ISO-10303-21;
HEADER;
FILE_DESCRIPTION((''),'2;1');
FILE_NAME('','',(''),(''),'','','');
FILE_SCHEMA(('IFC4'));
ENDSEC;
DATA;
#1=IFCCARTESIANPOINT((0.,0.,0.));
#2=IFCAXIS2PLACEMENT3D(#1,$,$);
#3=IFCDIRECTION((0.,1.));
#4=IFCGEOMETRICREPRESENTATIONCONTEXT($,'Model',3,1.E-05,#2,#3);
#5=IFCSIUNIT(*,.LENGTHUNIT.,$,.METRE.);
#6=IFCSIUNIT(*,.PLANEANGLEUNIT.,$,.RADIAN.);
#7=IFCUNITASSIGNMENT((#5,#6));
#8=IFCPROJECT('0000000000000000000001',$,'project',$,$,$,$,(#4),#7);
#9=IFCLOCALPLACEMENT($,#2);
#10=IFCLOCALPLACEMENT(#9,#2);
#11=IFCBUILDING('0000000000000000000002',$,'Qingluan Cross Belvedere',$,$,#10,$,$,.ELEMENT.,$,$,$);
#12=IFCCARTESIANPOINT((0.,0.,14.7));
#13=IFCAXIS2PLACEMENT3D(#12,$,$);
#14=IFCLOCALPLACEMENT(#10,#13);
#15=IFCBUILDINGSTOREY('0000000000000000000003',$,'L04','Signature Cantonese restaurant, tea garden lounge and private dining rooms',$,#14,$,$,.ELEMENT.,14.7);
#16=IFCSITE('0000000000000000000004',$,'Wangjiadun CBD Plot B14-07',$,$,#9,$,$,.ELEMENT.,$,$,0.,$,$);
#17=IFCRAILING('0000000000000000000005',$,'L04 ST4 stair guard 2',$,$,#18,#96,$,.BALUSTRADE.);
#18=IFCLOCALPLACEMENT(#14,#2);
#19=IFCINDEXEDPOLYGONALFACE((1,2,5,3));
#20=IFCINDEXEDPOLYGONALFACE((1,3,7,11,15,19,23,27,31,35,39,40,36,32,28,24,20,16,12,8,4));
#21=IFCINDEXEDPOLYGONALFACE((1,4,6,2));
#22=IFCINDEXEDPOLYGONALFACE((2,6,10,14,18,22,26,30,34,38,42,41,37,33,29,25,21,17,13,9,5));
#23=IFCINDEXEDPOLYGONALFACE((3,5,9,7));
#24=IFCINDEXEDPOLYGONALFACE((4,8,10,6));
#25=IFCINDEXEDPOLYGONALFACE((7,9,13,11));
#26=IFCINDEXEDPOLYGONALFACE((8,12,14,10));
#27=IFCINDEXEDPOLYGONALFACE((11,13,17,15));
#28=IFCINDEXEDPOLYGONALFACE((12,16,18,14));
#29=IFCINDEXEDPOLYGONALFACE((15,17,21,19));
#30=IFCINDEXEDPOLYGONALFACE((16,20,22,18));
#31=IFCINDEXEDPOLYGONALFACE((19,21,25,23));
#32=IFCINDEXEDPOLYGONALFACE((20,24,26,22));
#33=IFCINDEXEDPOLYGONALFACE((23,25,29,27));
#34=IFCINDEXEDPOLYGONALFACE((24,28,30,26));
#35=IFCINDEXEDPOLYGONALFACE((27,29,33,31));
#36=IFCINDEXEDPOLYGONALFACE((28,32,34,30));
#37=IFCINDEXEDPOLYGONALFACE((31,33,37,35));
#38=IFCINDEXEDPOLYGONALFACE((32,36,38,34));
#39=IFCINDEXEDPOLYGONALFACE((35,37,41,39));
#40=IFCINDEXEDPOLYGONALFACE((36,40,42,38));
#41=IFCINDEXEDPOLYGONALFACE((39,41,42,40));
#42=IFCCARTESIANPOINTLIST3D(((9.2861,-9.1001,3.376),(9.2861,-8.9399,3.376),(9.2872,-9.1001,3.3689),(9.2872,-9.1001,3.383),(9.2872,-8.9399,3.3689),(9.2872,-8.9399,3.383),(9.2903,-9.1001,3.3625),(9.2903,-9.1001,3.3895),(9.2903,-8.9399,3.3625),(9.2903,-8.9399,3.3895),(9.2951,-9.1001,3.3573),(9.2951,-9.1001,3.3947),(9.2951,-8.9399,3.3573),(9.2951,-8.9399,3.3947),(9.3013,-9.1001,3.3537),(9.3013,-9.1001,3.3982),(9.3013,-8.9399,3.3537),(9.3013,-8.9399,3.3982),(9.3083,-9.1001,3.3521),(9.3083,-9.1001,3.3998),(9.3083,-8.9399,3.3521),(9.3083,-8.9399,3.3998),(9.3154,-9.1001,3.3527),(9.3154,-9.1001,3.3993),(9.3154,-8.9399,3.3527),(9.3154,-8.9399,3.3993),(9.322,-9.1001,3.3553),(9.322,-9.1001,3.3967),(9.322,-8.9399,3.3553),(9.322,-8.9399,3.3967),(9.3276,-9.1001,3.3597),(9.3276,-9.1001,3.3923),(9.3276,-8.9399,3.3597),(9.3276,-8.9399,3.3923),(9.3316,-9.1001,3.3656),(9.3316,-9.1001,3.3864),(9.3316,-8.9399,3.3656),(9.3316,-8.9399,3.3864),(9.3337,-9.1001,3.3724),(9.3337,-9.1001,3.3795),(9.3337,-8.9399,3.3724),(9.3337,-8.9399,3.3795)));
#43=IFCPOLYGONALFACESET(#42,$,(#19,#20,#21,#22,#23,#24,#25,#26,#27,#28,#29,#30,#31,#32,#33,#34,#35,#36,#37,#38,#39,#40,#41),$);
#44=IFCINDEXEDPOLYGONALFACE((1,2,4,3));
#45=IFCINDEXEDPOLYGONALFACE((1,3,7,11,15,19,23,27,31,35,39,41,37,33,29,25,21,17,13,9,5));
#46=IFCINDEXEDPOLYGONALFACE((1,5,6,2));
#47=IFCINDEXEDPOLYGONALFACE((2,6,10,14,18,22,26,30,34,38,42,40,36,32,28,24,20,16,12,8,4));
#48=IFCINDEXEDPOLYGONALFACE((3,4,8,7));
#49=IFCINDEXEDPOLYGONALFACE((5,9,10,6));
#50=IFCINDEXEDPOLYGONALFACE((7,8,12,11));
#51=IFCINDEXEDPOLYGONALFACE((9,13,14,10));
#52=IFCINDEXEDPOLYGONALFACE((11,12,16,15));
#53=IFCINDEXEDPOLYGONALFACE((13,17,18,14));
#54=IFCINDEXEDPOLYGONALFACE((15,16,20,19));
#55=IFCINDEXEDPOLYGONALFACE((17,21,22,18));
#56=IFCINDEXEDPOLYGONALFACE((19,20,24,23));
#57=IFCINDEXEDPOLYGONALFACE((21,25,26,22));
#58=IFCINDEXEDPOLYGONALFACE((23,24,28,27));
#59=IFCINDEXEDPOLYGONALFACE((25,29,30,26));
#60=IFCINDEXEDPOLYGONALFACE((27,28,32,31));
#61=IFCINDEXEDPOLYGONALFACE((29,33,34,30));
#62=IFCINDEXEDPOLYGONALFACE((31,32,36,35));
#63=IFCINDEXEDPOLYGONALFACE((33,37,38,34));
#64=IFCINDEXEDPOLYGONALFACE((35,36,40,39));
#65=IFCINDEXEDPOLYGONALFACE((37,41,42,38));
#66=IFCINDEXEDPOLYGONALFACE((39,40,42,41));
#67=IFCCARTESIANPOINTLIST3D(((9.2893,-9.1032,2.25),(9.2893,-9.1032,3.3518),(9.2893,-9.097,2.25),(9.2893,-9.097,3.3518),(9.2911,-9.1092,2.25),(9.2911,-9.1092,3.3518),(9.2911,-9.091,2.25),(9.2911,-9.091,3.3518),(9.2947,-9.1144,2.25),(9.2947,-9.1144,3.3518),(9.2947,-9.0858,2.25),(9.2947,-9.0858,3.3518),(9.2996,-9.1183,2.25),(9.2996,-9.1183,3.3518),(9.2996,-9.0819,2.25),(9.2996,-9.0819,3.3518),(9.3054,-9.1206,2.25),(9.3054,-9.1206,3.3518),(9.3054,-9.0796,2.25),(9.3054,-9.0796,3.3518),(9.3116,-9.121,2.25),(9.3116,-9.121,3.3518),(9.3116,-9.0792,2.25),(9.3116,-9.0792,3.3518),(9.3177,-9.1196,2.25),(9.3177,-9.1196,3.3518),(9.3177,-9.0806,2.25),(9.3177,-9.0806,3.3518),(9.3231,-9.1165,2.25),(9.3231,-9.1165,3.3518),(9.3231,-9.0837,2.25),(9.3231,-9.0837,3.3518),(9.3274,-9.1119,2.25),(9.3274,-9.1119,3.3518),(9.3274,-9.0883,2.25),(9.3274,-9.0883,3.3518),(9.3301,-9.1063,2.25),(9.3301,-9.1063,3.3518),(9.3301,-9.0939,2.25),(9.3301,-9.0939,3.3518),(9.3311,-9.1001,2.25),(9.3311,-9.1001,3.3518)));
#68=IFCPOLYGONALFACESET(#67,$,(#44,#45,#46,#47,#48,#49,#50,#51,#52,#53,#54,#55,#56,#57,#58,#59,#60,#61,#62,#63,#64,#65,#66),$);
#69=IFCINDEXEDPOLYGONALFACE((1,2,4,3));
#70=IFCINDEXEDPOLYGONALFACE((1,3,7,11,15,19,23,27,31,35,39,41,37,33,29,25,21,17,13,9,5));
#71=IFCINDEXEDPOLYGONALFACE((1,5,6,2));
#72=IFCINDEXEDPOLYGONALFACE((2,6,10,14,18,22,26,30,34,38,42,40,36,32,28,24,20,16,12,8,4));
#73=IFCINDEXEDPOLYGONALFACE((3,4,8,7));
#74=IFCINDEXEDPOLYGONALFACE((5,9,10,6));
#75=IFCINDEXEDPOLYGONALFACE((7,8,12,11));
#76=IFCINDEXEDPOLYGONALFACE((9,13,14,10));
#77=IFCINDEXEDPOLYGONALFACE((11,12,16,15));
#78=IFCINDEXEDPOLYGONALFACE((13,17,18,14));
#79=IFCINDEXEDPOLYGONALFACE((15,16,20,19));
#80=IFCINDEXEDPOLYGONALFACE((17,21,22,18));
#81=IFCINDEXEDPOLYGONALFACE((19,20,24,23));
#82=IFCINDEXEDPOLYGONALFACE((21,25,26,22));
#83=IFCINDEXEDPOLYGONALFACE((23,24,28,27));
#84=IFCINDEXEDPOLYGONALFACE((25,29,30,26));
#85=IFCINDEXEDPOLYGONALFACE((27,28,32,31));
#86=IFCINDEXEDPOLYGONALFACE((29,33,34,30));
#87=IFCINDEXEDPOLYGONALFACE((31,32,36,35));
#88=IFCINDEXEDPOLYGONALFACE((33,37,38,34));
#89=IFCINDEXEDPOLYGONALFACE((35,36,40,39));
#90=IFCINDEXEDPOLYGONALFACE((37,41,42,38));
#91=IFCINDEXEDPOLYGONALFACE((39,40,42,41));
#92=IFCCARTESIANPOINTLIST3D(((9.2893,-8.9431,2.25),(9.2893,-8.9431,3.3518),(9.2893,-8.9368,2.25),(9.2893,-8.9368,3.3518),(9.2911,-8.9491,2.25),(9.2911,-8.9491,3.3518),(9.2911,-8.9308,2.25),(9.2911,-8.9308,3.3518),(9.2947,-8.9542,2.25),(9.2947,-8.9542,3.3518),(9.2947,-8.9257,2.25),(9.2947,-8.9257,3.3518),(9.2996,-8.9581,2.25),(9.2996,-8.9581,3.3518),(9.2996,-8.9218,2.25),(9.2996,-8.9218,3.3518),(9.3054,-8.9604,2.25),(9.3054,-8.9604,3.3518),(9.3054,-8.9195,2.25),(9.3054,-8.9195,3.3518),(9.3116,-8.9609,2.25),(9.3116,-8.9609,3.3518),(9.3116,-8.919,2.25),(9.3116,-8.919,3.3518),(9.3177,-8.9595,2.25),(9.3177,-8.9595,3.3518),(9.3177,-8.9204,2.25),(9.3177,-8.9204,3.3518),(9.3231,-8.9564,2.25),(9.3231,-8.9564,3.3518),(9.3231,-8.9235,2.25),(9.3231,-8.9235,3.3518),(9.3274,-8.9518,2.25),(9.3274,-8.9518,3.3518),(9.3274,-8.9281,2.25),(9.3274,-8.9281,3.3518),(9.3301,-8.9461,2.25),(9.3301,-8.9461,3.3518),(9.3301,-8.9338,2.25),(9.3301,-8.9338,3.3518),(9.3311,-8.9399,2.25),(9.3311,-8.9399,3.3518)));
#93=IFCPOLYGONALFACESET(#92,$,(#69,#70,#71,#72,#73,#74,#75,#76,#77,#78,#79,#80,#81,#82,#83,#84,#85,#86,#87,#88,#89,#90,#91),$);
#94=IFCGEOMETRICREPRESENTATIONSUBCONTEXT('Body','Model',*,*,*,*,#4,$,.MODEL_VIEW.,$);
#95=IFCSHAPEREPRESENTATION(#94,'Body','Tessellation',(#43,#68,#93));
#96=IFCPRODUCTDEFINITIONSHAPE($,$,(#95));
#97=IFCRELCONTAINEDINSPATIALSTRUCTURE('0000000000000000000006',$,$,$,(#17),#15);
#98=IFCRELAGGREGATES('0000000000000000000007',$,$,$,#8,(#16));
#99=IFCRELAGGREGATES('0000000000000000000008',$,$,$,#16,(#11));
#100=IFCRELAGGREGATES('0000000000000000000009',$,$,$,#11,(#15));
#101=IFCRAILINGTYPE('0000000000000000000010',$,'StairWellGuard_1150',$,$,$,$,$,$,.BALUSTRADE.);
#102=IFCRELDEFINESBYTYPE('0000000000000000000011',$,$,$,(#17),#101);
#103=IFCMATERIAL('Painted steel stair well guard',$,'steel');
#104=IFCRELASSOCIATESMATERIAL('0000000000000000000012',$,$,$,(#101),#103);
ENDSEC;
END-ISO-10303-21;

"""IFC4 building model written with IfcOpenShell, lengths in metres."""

from ifc_helpers import new_model, si_unit, direction, frame, origin, origin_2d, place, context, subcontext, project, spatial, circle, extrude, material, type_object, element, save


model = new_model("IFC4")

# Units and contexts
model_context = context("Model", 3, precision=1e-05, world=origin(), true_north=direction((0.0, 1.0)))
body_context = subcontext(model_context, "Body", "Model", "MODEL_VIEW")
ifc_project = project(units=[si_unit("LENGTHUNIT", "METRE"), si_unit("PLANEANGLEUNIT", "RADIAN")], contexts=[model_context])

# Site, building, storey
site_placement = place(None, origin())
site = spatial("IfcSite", under=ifc_project, at=site_placement, Name="Wangjiadun CBD Plot B14-07", CompositionType="ELEMENT", RefElevation=0.0)
building_placement = place(site_placement, origin())
building = spatial("IfcBuilding", under=site, at=building_placement, Name="Qingluan Cross Belvedere", CompositionType="ELEMENT")
storey_placement = place(building_placement, frame((0.0, 0.0, 14.7)))
storey = spatial("IfcBuildingStorey", under=building, at=storey_placement, Name="L04", Description="Signature Cantonese restaurant, tea garden lounge and private dining rooms", CompositionType="ELEMENT", Elevation=14.7)

# Railing
ifc_material_1 = material(Name="Painted steel stair well guard", Category="steel")
railing_type_1 = type_object("IfcRailingType", Name="StairWellGuard_1150", PredefinedType="BALUSTRADE", material=ifc_material_1)
railing_1_placement = place(storey_placement, frame((9.3101, -9.1001, 2.25)))
element("IfcRailing", 1, at=railing_1_placement, inside=storey, type_object=railing_type_1, Name="L04 ST4 stair guard 2", PredefinedType="BALUSTRADE", context=body_context, shape_type="SweptSolid", body=[
    extrude(circle(Radius=0.0239, at=origin_2d()), frame((0.0, 0.0, 1.126), z_axis=(0.0, 1.0, 0.0), x_axis=(-1.0, 0.0, 0.0)), (0.0, 0.0, 1.0), 0.1602),
    extrude(circle(Radius=0.021, at=origin_2d()), origin(), (0.0, 0.0, 1.0), 1.1018),
    extrude(circle(Radius=0.021, at=origin_2d()), frame((0.0, 0.1602, 0.0)), (0.0, 0.0, 1.0), 1.1018),
])

save(model, "model.ifc")
